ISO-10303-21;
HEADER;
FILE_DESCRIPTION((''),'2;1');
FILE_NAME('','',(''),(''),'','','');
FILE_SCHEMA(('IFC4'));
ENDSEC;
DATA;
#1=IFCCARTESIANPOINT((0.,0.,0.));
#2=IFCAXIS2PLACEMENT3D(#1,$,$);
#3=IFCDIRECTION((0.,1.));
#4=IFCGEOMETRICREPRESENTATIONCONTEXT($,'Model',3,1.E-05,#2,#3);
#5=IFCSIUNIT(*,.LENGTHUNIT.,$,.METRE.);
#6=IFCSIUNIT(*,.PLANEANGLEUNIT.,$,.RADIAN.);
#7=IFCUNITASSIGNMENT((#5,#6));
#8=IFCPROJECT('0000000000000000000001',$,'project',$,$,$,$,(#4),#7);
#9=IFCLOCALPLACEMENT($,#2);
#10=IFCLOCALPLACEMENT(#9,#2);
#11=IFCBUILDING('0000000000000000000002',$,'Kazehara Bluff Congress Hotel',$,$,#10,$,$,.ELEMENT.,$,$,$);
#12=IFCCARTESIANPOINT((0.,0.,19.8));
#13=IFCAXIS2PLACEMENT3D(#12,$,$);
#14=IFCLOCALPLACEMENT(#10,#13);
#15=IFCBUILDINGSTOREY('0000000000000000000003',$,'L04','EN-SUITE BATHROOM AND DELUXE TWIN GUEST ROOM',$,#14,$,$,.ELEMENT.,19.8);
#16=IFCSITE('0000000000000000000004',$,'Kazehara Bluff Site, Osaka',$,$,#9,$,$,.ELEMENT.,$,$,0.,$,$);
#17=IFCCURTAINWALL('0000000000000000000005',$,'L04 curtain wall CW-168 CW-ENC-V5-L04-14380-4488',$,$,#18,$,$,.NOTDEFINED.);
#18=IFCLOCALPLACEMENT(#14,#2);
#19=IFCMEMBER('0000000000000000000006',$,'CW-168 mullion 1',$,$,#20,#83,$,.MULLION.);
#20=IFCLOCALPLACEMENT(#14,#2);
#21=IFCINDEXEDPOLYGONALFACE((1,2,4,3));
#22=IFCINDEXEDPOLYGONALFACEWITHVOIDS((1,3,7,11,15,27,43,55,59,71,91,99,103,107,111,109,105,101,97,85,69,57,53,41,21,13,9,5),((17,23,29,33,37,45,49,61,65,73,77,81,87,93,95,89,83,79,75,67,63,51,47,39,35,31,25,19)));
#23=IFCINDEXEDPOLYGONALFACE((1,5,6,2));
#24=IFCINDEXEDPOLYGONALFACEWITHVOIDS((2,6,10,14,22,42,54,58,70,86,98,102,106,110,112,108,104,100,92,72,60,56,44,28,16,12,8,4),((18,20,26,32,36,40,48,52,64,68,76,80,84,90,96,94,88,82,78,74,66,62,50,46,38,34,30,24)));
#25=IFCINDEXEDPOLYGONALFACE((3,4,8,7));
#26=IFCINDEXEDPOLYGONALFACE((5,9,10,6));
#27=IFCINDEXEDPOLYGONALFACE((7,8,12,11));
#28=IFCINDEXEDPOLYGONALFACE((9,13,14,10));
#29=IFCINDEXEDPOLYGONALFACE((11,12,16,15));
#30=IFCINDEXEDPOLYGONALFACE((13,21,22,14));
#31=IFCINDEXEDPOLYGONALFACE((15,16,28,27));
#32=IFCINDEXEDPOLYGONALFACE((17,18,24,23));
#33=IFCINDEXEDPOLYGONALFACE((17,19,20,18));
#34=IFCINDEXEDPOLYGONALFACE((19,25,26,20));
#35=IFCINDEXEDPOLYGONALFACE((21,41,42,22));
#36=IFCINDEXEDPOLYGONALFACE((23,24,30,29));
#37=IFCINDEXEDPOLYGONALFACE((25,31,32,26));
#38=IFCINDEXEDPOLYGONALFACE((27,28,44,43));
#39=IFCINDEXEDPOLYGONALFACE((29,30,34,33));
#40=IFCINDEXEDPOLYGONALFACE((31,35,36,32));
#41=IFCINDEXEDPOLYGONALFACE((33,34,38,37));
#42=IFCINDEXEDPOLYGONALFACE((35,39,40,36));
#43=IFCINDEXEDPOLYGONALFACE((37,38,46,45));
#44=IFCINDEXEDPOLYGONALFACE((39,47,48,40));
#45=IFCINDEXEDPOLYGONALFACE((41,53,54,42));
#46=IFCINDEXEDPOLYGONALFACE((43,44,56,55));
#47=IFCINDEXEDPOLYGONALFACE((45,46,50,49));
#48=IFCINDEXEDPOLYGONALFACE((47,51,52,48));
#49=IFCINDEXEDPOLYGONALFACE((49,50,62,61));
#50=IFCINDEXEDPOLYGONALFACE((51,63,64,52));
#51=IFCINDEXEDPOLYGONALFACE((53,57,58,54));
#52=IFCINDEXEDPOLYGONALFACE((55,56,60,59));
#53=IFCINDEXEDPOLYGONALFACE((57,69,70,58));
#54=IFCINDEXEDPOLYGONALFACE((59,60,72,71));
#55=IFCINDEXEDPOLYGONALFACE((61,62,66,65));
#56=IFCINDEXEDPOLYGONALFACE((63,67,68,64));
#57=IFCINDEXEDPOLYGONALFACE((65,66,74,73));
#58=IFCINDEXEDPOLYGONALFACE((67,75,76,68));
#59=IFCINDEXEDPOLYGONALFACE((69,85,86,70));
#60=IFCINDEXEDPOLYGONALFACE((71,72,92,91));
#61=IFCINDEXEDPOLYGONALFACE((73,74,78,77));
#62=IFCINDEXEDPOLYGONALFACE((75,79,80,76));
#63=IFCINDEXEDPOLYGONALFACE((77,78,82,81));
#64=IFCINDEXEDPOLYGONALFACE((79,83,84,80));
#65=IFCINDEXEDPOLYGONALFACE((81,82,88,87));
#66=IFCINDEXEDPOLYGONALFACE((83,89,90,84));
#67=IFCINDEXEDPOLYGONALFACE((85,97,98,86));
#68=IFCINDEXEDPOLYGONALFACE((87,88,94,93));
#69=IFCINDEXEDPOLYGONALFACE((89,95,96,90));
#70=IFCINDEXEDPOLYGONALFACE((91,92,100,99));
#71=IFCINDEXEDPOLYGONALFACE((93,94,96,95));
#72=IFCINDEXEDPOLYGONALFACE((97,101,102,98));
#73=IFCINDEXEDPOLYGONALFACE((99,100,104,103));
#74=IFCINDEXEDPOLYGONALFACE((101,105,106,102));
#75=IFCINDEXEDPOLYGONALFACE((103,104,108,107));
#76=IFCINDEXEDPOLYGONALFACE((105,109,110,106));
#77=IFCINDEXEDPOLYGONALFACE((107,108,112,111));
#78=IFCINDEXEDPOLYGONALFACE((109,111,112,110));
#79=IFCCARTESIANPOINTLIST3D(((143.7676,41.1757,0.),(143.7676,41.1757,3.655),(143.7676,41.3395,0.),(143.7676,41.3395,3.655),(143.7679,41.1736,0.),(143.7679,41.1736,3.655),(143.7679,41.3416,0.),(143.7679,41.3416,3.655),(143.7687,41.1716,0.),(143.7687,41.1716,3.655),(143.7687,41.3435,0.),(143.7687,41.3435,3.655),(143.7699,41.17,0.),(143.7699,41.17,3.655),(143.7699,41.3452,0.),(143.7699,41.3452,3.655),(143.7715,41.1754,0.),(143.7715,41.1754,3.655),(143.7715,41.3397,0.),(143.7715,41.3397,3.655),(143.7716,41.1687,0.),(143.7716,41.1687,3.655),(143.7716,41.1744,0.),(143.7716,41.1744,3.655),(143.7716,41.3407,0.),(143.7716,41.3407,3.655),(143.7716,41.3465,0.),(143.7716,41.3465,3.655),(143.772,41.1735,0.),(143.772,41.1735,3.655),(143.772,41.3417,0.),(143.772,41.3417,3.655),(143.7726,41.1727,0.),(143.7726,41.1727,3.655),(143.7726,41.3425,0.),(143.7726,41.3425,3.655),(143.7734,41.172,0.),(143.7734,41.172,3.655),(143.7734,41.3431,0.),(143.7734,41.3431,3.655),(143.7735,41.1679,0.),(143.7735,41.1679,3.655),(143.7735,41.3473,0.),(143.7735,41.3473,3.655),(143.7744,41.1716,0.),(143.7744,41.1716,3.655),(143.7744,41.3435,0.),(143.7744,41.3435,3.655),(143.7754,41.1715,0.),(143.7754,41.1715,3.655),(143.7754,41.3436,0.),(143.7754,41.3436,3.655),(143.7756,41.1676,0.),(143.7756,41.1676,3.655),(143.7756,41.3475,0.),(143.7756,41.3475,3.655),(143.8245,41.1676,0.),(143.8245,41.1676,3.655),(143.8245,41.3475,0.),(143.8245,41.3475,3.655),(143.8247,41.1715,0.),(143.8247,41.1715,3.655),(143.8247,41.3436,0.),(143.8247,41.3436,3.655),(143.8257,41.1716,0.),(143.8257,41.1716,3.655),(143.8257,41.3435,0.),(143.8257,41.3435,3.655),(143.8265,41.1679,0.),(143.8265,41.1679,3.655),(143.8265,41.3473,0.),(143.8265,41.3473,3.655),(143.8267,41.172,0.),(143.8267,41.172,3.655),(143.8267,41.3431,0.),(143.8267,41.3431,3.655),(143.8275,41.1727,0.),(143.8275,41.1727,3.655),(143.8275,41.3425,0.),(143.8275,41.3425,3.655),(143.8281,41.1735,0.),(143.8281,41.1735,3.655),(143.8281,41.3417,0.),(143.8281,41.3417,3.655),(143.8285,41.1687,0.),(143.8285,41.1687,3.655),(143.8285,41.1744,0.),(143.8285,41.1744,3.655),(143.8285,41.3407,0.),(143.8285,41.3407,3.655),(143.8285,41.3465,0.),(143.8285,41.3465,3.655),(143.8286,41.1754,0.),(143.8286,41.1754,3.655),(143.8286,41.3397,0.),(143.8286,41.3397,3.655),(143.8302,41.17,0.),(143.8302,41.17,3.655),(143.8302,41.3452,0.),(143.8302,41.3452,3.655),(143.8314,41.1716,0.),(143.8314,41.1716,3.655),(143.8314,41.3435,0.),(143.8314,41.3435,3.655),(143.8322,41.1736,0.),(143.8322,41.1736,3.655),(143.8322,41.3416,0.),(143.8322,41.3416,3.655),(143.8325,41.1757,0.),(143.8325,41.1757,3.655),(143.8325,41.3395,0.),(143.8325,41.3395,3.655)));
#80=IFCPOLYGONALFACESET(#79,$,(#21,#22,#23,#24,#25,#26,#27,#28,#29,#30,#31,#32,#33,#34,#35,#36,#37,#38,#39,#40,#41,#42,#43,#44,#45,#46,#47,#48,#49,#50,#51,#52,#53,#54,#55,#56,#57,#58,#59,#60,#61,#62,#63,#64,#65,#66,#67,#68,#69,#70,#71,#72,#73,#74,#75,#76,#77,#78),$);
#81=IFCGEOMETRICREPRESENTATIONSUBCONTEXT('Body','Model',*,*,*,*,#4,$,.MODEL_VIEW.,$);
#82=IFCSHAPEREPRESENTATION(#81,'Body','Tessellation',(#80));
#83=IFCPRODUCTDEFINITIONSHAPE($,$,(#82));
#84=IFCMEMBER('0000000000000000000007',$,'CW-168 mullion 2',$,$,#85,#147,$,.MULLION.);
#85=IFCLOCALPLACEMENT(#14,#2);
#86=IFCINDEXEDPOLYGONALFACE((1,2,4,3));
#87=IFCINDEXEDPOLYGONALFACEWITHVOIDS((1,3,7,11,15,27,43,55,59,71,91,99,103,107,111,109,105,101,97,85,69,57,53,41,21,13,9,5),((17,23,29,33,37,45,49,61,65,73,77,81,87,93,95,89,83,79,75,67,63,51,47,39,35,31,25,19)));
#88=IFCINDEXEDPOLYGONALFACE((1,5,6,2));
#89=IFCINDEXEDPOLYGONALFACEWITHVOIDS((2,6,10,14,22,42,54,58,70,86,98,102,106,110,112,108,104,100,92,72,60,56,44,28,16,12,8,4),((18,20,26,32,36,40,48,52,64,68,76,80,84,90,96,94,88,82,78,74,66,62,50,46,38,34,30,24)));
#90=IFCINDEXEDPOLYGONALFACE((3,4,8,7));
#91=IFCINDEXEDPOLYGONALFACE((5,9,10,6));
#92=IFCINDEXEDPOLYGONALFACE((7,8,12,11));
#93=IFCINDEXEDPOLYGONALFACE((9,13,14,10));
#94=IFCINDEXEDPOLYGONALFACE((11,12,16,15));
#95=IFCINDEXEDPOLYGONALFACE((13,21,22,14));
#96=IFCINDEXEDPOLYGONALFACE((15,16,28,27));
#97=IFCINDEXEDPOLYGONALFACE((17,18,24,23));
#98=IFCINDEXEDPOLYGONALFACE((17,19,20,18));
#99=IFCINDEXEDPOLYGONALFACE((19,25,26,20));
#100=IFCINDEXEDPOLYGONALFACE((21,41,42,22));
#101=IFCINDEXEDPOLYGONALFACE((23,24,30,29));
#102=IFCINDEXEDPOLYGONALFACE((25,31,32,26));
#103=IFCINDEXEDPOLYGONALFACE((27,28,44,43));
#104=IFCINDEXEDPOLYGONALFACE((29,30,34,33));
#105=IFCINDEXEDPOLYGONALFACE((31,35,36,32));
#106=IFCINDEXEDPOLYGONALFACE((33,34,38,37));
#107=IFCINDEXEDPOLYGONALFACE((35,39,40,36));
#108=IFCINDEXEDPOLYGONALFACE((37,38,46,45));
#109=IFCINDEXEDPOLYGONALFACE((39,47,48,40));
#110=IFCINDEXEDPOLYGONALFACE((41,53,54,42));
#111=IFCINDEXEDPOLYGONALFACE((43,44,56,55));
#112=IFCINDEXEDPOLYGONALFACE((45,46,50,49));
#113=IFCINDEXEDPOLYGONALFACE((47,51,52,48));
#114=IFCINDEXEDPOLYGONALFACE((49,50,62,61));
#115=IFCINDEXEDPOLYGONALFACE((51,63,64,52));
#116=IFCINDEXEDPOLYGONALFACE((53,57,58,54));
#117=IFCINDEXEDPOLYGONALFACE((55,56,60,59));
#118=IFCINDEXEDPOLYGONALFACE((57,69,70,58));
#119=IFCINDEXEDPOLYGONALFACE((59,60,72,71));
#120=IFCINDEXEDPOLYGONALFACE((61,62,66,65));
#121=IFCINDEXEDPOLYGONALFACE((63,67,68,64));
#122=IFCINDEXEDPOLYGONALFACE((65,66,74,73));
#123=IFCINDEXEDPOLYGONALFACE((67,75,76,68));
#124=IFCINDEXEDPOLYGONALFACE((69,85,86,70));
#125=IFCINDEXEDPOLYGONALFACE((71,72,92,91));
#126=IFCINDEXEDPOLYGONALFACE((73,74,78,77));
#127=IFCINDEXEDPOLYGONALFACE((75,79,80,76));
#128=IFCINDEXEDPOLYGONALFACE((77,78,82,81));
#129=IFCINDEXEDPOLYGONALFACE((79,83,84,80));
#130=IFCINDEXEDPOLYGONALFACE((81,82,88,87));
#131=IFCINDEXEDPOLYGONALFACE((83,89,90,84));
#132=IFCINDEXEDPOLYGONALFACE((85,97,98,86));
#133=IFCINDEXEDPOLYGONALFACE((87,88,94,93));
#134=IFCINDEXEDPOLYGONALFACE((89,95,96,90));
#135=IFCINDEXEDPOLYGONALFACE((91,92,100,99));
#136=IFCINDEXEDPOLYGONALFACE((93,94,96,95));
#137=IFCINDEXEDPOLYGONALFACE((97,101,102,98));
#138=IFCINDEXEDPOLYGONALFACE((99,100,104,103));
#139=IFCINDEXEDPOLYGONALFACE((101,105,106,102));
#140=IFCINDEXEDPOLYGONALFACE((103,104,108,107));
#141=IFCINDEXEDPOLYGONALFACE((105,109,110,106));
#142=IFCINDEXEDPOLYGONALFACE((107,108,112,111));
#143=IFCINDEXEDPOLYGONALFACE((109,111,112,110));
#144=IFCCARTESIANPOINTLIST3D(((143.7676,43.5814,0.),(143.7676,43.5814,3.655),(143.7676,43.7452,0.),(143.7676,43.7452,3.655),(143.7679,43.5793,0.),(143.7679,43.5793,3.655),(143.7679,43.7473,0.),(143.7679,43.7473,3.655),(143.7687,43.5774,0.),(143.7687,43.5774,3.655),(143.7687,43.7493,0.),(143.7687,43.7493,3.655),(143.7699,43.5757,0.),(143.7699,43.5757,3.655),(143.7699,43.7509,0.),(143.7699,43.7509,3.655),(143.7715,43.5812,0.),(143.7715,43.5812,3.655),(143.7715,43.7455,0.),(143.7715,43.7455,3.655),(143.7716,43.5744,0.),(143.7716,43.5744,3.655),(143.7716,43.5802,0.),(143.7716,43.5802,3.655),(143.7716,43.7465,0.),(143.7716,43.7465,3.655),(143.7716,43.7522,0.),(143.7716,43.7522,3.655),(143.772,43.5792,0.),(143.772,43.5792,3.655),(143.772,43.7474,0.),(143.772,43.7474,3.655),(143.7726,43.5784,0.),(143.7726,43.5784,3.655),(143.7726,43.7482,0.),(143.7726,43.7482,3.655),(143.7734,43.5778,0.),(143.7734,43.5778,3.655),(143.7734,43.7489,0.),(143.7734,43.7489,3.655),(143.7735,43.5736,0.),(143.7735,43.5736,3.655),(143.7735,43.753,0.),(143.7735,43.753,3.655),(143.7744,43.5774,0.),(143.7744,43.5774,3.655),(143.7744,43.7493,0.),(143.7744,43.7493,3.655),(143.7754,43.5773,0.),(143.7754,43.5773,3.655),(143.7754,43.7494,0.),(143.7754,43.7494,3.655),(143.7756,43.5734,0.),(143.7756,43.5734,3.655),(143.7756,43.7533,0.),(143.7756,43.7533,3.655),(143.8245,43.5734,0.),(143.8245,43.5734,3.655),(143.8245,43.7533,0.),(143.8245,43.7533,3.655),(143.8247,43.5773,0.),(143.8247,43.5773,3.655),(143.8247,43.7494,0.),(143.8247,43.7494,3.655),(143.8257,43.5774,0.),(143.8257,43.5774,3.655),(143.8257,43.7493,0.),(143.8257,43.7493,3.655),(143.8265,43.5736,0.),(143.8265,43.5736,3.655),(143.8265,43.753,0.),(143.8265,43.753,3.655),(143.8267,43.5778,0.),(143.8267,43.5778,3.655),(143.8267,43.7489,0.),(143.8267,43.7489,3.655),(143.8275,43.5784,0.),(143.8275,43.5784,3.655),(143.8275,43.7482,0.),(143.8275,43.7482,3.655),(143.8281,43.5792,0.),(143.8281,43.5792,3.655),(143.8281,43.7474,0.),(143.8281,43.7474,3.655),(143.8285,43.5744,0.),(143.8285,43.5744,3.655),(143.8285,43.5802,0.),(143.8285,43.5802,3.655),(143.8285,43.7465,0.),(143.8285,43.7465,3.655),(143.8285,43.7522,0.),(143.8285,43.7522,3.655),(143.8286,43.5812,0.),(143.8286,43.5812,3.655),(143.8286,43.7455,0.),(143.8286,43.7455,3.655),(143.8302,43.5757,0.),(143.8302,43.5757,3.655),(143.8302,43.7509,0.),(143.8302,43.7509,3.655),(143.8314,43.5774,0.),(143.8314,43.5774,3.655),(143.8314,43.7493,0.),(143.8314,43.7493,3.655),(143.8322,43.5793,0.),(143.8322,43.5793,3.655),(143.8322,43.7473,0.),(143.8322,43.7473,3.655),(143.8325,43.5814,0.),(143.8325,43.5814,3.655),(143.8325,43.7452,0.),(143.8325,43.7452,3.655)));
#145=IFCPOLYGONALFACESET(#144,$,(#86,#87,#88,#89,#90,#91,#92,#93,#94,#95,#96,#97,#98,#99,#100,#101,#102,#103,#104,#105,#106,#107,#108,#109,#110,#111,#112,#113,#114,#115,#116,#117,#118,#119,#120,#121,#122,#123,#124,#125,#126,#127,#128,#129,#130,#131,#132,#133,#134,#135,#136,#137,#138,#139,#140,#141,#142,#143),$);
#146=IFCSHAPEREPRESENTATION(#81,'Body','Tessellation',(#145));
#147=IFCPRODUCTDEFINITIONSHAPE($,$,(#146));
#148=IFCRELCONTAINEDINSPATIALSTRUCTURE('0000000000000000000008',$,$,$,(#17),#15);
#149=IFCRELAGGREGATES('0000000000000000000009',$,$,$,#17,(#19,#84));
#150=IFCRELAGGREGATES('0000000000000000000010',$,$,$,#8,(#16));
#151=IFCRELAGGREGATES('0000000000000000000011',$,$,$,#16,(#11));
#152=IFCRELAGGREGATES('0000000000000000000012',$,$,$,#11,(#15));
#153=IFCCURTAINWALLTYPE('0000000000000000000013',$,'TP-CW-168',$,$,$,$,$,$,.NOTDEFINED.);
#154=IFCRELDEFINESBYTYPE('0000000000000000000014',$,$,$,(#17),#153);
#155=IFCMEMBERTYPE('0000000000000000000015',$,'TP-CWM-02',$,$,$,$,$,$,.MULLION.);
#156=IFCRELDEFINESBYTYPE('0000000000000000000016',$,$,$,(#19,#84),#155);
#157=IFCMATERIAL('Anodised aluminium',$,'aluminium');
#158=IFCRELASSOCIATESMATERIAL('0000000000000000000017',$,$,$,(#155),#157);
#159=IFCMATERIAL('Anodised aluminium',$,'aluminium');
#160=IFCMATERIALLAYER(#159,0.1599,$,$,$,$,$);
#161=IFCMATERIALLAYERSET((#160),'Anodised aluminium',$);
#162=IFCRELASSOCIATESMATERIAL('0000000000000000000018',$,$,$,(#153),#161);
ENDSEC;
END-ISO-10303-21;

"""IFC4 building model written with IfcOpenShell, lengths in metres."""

from ifc_helpers import new_model, si_unit, direction, frame, origin, origin_2d, place, context, subcontext, project, spatial, hollow_rectangle, extrude, material, layer, layer_set, material_profile, profile_set, type_object, element, aggregate, save


model = new_model("IFC4")

# Units and contexts
model_context = context("Model", 3, precision=1e-05, world=origin(), true_north=direction((0.0, 1.0)))
body_context = subcontext(model_context, "Body", "Model", "MODEL_VIEW")
ifc_project = project(units=[si_unit("LENGTHUNIT", "METRE"), si_unit("PLANEANGLEUNIT", "RADIAN")], contexts=[model_context])

# Site, building, storey
site_placement = place(None, origin())
site = spatial("IfcSite", under=ifc_project, at=site_placement, Name="Kazehara Bluff Site, Osaka", CompositionType="ELEMENT", RefElevation=0.0)
building_placement = place(site_placement, origin())
building = spatial("IfcBuilding", under=site, at=building_placement, Name="Kazehara Bluff Congress Hotel", CompositionType="ELEMENT")
storey_placement = place(building_placement, frame((0.0, 0.0, 19.8)))
storey = spatial("IfcBuildingStorey", under=building, at=storey_placement, Name="L04", Description="EN-SUITE BATHROOM AND DELUXE TWIN GUEST ROOM", CompositionType="ELEMENT", Elevation=19.8)

# Curtain wall, members
ifc_material_1 = material(Name="Anodised aluminium", Category="aluminium")
ifc_material_profile_1 = material_profile(ifc_material_1, hollow_rectangle(XDim=0.0649, YDim=0.1799, WallThickness=0.0039, InnerFilletRadius=0.0039, OuterFilletRadius=0.0081, at=origin_2d()))
ifc_profile_set_1 = profile_set([ifc_material_profile_1], Name="Anodised aluminium")
member_type_1 = type_object("IfcMemberType", Name="TP-CWM-02", PredefinedType="MULLION", material=ifc_profile_set_1)
ifc_material_2 = material(Name="Anodised aluminium", Category="aluminium")
ifc_layer_1 = layer(ifc_material_2, 0.1599)
ifc_layer_set_1 = layer_set([ifc_layer_1], Name="Anodised aluminium")
curtain_wall_type_1 = type_object("IfcCurtainWallType", Name="TP-CW-168", PredefinedType="NOTDEFINED", material=ifc_layer_set_1)
curtain_wall_1_placement = place(storey_placement, origin())
curtain_wall_1 = element("IfcCurtainWall", 1, at=curtain_wall_1_placement, inside=storey, type_object=curtain_wall_type_1, Name="L04 curtain wall CW-168 CW-ENC-V5-L04-14380-4488", PredefinedType="NOTDEFINED")
member_1_placement = place(storey_placement, frame((143.8, 41.2576, 0.0), z_axis=(0.0, 0.0, 1.0), x_axis=(-1.0, 0.0, 0.0)))
member_1 = element("IfcMember", 2, at=member_1_placement, type_object=member_type_1, Name="CW-168 mullion 1", PredefinedType="MULLION", context=body_context, shape_type="SweptSolid", body=[
    extrude(hollow_rectangle(XDim=0.0649, YDim=0.1799, WallThickness=0.0039, InnerFilletRadius=0.0039, OuterFilletRadius=0.0081, at=origin_2d()), origin(), (0.0, 0.0, 1.0), 3.655),
])
member_2_placement = place(storey_placement, frame((143.8, 43.6633, 0.0), z_axis=(0.0, 0.0, 1.0), x_axis=(-1.0, 0.0, 0.0)))
member_2 = element("IfcMember", 3, at=member_2_placement, type_object=member_type_1, Name="CW-168 mullion 2", PredefinedType="MULLION", context=body_context, shape_type="SweptSolid", body=[
    extrude(hollow_rectangle(XDim=0.0649, YDim=0.1799, WallThickness=0.0039, InnerFilletRadius=0.0039, OuterFilletRadius=0.0081, at=origin_2d()), origin(), (0.0, 0.0, 1.0), 3.655),
])

aggregate(curtain_wall_1, [member_1, member_2])

save(model, "model.ifc")
